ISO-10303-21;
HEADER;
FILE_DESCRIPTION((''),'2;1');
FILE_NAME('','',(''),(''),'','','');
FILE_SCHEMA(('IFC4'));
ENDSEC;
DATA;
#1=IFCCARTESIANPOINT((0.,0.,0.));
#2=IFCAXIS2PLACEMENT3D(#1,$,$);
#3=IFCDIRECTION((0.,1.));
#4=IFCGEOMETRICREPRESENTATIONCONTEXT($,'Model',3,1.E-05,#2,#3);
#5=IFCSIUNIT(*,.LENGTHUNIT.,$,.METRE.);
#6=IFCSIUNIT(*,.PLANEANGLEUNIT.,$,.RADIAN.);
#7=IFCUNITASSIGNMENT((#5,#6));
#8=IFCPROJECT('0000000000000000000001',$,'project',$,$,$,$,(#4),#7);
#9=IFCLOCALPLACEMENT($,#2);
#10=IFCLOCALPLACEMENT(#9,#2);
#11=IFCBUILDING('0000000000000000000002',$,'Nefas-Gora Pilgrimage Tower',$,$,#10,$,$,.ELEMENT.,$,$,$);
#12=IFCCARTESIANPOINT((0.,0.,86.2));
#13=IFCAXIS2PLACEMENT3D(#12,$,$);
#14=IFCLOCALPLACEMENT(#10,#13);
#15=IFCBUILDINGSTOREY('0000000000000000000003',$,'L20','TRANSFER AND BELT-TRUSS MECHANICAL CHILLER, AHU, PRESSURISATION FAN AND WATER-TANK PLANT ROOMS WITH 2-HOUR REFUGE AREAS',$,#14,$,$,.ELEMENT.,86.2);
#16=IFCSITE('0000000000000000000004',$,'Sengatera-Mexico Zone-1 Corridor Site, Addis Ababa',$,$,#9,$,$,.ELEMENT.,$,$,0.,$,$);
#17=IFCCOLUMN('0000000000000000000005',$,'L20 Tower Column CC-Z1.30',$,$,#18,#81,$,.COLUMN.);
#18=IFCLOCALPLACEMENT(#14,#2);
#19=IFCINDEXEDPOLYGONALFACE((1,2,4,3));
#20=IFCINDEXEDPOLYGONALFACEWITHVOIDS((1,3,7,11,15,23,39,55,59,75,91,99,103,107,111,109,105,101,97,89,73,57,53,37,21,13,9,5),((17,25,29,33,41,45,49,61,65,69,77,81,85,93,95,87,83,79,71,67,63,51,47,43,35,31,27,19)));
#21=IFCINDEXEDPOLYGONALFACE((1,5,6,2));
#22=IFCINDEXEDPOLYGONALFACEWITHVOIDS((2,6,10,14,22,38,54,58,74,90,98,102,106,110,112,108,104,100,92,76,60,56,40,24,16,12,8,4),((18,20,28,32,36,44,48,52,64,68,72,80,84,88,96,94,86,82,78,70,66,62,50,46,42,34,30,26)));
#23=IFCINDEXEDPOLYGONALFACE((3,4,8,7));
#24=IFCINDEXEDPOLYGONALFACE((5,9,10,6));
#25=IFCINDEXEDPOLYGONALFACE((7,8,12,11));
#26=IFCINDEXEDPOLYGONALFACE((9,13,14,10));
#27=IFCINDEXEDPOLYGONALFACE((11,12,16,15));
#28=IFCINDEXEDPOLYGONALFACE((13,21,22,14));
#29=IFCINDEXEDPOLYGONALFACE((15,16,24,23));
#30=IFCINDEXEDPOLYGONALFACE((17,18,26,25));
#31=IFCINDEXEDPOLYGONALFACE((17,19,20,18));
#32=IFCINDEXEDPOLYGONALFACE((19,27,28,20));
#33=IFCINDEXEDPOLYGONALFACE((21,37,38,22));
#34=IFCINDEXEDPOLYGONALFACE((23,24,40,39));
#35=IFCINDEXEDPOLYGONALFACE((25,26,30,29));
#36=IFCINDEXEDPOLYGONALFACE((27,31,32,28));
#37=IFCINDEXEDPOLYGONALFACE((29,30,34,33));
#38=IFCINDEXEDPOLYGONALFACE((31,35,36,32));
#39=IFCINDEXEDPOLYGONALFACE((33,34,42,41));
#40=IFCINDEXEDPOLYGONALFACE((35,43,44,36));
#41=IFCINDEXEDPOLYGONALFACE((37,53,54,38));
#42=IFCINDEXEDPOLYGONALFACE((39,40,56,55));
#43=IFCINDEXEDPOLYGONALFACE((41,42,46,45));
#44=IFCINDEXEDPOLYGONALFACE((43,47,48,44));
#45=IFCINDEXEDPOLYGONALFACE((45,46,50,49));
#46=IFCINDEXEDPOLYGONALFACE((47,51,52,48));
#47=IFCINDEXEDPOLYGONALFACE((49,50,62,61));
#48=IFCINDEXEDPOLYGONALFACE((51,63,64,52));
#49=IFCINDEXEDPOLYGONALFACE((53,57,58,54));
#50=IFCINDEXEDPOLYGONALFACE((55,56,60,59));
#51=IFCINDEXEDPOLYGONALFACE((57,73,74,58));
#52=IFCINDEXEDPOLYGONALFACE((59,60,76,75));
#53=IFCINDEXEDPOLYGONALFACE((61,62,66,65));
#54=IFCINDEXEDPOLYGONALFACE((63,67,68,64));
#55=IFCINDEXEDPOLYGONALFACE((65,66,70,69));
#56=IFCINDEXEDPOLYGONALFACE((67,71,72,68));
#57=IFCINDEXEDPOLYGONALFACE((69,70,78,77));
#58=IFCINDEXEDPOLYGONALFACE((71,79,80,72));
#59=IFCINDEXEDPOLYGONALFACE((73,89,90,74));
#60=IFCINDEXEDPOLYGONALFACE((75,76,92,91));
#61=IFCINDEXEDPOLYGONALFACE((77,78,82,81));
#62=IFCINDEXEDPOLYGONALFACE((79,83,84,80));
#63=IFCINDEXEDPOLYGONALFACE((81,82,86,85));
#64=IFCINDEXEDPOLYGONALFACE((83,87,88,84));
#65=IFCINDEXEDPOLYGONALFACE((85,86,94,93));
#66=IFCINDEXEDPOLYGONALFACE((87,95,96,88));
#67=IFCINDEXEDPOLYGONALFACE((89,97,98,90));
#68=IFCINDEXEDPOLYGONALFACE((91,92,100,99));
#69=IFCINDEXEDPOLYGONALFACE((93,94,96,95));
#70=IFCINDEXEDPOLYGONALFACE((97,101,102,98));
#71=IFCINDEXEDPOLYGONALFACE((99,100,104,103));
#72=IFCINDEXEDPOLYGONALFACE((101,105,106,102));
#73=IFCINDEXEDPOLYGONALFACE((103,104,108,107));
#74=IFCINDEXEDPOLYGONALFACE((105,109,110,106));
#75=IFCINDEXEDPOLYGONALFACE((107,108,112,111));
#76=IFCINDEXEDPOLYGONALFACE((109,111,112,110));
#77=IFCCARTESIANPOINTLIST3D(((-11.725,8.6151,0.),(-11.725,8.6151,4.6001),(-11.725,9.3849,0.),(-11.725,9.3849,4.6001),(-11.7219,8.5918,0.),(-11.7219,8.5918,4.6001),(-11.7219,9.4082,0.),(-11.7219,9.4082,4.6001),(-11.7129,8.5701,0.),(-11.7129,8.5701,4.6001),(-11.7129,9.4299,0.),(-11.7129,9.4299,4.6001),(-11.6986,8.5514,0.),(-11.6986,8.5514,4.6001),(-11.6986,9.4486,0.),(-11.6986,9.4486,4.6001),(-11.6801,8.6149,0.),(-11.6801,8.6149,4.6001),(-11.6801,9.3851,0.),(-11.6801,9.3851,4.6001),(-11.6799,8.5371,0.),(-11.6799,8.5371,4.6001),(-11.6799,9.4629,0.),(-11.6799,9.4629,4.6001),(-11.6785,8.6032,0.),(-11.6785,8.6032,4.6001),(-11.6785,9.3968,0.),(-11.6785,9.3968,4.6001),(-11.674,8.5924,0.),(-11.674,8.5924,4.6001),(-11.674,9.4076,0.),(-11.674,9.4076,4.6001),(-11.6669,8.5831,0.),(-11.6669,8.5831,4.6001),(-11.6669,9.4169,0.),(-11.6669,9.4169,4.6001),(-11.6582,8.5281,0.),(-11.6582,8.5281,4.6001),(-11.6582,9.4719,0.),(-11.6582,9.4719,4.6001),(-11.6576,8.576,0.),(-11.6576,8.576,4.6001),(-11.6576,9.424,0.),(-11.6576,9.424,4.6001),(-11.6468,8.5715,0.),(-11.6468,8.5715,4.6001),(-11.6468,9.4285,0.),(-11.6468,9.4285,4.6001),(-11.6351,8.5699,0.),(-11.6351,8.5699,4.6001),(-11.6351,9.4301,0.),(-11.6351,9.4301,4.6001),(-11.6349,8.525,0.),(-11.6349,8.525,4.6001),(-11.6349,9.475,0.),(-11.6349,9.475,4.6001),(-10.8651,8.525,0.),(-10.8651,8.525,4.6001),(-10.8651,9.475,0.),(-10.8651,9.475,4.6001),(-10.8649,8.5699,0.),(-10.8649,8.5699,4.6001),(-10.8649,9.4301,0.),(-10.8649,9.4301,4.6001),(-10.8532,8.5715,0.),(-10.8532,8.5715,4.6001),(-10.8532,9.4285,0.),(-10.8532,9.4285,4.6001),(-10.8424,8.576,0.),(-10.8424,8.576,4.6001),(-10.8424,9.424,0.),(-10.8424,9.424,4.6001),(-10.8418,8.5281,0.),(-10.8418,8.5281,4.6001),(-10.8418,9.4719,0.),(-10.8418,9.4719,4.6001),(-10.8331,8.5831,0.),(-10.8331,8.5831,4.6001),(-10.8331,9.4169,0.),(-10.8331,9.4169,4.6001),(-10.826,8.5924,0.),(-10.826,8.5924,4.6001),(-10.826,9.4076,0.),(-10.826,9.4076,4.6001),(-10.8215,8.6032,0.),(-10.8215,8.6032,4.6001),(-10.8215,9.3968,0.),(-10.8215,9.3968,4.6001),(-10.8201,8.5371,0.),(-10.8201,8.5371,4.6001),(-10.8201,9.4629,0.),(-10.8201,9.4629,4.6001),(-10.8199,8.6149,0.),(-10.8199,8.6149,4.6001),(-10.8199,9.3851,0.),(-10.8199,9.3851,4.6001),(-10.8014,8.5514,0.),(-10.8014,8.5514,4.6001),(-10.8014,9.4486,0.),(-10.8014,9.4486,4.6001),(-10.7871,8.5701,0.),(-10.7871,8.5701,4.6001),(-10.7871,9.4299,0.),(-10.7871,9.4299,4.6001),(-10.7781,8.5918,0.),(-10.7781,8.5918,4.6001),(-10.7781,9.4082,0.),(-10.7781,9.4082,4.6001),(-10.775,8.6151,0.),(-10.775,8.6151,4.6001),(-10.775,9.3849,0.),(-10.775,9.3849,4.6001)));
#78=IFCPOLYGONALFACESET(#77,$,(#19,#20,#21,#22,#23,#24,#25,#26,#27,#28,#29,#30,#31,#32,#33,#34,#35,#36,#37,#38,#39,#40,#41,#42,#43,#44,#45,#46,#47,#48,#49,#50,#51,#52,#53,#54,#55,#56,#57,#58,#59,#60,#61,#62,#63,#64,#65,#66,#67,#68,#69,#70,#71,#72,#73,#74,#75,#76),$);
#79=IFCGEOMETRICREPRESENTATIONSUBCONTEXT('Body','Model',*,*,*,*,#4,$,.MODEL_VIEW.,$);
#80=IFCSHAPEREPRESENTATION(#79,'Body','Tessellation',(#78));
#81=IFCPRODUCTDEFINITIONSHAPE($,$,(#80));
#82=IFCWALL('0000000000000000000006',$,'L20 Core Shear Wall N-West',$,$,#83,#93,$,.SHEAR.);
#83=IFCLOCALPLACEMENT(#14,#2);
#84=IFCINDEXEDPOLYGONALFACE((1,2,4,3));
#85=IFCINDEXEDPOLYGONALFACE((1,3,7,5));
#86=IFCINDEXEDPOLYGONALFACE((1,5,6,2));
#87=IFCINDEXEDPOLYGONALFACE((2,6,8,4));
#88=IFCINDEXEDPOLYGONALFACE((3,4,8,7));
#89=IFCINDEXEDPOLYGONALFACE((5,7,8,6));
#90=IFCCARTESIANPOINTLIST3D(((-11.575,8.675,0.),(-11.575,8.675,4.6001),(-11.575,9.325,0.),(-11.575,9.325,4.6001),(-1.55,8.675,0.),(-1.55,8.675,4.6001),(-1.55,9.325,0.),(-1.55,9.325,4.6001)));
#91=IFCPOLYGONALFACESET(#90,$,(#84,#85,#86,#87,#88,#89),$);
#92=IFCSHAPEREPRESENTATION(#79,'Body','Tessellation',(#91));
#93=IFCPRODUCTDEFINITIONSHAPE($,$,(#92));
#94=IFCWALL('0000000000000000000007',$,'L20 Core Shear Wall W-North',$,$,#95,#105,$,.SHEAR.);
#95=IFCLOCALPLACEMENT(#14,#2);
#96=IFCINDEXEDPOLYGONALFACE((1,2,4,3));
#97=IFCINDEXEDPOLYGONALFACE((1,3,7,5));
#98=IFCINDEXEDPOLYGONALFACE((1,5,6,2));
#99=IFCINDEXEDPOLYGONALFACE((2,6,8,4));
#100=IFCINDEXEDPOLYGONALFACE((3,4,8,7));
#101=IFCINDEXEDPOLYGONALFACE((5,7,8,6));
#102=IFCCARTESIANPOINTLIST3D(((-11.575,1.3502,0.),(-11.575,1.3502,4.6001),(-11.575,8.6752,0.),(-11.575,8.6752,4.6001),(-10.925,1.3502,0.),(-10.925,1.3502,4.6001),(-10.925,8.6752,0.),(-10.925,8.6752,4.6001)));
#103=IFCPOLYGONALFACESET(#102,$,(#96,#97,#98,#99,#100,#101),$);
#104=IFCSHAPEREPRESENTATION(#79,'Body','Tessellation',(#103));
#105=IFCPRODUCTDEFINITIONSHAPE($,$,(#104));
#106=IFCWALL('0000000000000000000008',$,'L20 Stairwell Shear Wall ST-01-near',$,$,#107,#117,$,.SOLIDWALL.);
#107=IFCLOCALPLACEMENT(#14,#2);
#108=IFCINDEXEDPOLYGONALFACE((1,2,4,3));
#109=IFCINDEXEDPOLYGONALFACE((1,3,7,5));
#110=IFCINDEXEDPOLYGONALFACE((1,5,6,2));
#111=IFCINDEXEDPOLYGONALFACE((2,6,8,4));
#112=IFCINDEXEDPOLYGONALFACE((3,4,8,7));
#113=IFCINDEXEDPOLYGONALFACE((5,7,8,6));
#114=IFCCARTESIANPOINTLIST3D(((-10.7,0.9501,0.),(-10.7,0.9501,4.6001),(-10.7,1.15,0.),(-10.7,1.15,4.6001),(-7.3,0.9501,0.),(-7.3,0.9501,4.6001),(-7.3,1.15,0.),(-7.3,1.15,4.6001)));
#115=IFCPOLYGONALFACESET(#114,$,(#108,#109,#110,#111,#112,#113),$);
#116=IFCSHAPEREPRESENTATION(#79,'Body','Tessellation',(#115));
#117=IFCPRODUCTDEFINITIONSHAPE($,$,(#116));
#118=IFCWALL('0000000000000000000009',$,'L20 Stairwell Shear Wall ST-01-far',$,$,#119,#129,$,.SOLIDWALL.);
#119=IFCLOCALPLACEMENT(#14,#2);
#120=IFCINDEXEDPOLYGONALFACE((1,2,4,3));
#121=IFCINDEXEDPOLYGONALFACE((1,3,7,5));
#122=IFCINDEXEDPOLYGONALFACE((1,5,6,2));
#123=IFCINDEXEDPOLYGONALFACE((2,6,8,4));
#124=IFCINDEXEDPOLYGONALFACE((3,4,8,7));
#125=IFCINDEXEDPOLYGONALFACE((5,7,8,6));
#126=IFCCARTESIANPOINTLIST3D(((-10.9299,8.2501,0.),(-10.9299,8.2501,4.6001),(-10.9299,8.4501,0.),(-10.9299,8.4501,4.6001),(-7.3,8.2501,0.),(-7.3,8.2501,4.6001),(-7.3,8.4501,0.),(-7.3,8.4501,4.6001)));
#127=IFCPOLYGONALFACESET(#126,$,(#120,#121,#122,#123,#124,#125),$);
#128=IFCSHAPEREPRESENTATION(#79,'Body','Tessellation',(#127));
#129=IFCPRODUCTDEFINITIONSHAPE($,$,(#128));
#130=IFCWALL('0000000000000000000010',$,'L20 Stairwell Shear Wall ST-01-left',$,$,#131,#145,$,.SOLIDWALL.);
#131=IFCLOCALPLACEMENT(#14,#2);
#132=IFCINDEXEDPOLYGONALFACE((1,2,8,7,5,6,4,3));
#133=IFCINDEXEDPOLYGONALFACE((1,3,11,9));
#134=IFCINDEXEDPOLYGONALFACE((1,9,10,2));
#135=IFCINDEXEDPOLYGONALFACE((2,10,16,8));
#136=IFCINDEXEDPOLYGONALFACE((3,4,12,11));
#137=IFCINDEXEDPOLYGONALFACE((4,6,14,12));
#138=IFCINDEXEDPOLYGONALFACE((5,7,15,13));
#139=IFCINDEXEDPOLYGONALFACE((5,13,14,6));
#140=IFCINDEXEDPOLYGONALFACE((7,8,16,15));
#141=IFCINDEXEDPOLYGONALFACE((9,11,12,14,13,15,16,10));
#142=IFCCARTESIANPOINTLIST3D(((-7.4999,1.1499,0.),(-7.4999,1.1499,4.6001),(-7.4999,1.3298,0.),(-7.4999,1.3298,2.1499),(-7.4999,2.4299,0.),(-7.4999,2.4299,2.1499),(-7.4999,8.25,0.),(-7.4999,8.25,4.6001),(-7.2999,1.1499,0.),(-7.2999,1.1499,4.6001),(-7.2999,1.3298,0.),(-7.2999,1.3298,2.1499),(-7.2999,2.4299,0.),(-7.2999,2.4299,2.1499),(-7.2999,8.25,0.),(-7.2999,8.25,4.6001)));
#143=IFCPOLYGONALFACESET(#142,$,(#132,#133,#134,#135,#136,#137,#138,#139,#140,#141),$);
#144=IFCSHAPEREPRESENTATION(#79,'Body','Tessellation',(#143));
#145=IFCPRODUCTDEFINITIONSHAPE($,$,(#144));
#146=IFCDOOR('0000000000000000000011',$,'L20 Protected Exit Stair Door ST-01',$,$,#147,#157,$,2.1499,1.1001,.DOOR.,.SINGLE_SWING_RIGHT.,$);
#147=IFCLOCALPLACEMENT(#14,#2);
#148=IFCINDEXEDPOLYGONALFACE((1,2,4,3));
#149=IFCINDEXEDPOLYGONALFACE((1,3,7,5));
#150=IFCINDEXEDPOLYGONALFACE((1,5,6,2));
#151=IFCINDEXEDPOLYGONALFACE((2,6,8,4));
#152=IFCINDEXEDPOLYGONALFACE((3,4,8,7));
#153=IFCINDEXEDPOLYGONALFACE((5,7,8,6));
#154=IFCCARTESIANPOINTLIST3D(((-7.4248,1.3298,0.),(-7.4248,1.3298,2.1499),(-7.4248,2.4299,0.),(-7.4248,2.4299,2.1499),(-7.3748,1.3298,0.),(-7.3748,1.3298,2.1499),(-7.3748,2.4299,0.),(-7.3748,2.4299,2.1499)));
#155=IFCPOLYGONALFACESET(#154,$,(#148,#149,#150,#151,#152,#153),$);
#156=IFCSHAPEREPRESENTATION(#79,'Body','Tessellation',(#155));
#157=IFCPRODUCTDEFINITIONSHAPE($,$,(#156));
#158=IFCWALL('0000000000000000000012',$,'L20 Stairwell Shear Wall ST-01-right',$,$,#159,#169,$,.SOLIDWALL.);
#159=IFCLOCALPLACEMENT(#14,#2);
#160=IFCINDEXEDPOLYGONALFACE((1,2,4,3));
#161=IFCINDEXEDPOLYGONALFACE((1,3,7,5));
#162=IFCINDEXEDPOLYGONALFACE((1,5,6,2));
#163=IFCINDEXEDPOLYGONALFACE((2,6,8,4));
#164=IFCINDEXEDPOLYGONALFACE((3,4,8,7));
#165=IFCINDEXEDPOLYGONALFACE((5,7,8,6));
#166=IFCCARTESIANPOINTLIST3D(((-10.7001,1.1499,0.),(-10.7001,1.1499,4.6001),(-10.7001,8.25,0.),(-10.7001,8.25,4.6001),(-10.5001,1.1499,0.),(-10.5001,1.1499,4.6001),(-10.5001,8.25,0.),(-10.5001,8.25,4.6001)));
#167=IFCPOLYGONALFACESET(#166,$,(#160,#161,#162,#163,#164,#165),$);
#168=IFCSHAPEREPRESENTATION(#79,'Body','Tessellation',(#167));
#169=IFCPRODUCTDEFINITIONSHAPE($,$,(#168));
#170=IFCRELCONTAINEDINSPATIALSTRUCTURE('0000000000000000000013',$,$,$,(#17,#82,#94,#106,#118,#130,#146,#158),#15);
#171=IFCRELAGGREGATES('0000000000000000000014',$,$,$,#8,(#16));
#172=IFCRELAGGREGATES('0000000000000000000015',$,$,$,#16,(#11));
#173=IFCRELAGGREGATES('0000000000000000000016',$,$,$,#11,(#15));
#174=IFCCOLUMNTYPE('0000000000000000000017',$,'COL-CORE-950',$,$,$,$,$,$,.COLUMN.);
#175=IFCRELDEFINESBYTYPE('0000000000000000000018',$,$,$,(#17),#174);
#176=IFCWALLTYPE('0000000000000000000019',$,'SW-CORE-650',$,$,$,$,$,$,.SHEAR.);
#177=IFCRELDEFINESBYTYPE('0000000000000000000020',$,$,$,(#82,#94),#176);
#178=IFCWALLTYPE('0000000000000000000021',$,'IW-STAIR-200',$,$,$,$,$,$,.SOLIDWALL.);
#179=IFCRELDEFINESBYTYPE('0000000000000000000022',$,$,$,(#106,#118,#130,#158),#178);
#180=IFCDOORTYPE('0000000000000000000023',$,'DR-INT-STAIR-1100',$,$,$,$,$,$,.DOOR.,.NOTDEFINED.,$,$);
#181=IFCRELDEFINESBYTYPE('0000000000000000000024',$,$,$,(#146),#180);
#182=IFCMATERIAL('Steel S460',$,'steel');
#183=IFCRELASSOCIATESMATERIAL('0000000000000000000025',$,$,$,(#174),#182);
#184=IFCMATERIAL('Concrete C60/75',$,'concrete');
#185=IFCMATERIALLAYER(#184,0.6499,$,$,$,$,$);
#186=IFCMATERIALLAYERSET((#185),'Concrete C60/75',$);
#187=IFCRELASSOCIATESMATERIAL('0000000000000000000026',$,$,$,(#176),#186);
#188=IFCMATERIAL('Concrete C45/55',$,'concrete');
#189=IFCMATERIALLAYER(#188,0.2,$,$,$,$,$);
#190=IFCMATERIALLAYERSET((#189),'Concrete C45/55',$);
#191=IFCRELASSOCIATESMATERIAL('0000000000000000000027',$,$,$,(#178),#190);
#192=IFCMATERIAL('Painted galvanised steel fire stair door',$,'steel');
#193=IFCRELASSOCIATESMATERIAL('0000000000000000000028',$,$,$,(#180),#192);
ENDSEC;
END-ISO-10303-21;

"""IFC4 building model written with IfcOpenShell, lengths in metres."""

from ifc_helpers import new_model, si_unit, direction, frame, frame_2d, origin, origin_2d, place, context, subcontext, project, spatial, rectangle, hollow_rectangle, extrude, source, transform, mapped, material, layer, layer_set, material_profile, profile_set, type_object, element, fill, save


model = new_model("IFC4")

# Units and contexts
model_context = context("Model", 3, precision=1e-05, world=origin(), true_north=direction((0.0, 1.0)))
body_context = subcontext(model_context, "Body", "Model", "MODEL_VIEW")
ifc_project = project(units=[si_unit("LENGTHUNIT", "METRE"), si_unit("PLANEANGLEUNIT", "RADIAN")], contexts=[model_context])

# Site, building, storey
site_placement = place(None, origin())
site = spatial("IfcSite", under=ifc_project, at=site_placement, Name="Sengatera-Mexico Zone-1 Corridor Site, Addis Ababa", CompositionType="ELEMENT", RefElevation=0.0)
building_placement = place(site_placement, origin())
building = spatial("IfcBuilding", under=site, at=building_placement, Name="Nefas-Gora Pilgrimage Tower", CompositionType="ELEMENT")
storey_placement = place(building_placement, frame((0.0, 0.0, 86.2)))
storey = spatial("IfcBuildingStorey", under=building, at=storey_placement, Name="L20", Description="TRANSFER AND BELT-TRUSS MECHANICAL CHILLER, AHU, PRESSURISATION FAN AND WATER-TANK PLANT ROOMS WITH 2-HOUR REFUGE AREAS", CompositionType="ELEMENT", Elevation=86.2)

# Column
ifc_material_1 = material(Name="Steel S460", Category="steel")
ifc_material_profile = material_profile(ifc_material_1, hollow_rectangle(XDim=0.95, YDim=0.95, WallThickness=0.0449, InnerFilletRadius=0.0449, OuterFilletRadius=0.0901, at=origin_2d()), Name="BOX 950x950x45")
ifc_profile_set = profile_set([ifc_material_profile], Name="Steel S460")
column_type = type_object("IfcColumnType", Name="COL-CORE-950", PredefinedType="COLUMN", material=ifc_profile_set)
shared_shape_1 = source(origin(), body_context, "Body", "SweptSolid", [
    extrude(hollow_rectangle(XDim=0.95, YDim=0.95, WallThickness=0.0449, InnerFilletRadius=0.0449, OuterFilletRadius=0.0901, at=origin_2d()), origin(), (0.0, 0.0, 1.0), 4.6001),
])
column_placement = place(storey_placement, frame((-11.25, 9.0, 0.0), z_axis=(0.0, 0.0, 1.0), x_axis=(1.0, 0.0, 0.0)))
element("IfcColumn", 1, at=column_placement, inside=storey, type_object=column_type, Name="L20 Tower Column CC-Z1.30", PredefinedType="COLUMN", context=body_context, shape_type="MappedRepresentation", body=[
    mapped(shared_shape_1, transform((0.0, 0.0, 0.0), x_axis=(1.0, 0.0, 0.0), y_axis=(0.0, 1.0, 0.0), z_axis=(0.0, 0.0, 1.0), scale=1.0)),
])

# Walls
ifc_material_2 = material(Name="Concrete C60/75", Category="concrete")
ifc_layer_1 = layer(ifc_material_2, 0.6499)
ifc_layer_set_1 = layer_set([ifc_layer_1], Name="Concrete C60/75")
wall_type_1 = type_object("IfcWallType", Name="SW-CORE-650", PredefinedType="SHEAR", material=ifc_layer_set_1)
shared_shape_2 = source(origin(), body_context, "Body", "SweptSolid", [
    extrude(rectangle(XDim=10.0249, YDim=0.6499, at=frame_2d((5.0125, 0.0))), origin(), (0.0, 0.0, 1.0), 4.6001),
])
wall_1_placement = place(storey_placement, frame((-11.575, 9.0, 0.0), z_axis=(0.0, 0.0, 1.0), x_axis=(1.0, 0.0, 0.0)))
element("IfcWall", 2, at=wall_1_placement, inside=storey, type_object=wall_type_1, Name="L20 Core Shear Wall N-West", PredefinedType="SHEAR", context=body_context, shape_type="MappedRepresentation", body=[
    mapped(shared_shape_2, transform((0.0, 0.0, 0.0), x_axis=(1.0, 0.0, 0.0), y_axis=(0.0, 1.0, 0.0), z_axis=(0.0, 0.0, 1.0), scale=1.0)),
])
shared_shape_3 = source(origin(), body_context, "Body", "SweptSolid", [
    extrude(rectangle(XDim=7.325, YDim=0.6499, at=frame_2d((3.6626, 0.0))), origin(), (0.0, 0.0, 1.0), 4.6001),
])
wall_2_placement = place(storey_placement, frame((-11.25, 1.3501, 0.0), z_axis=(0.0, 0.0, 1.0), x_axis=(0.0, 1.0, 0.0)))
element("IfcWall", 3, at=wall_2_placement, inside=storey, type_object=wall_type_1, Name="L20 Core Shear Wall W-North", PredefinedType="SHEAR", context=body_context, shape_type="MappedRepresentation", body=[
    mapped(shared_shape_3, transform((0.0, 0.0, 0.0), x_axis=(1.0, 0.0, 0.0), y_axis=(0.0, 1.0, 0.0), z_axis=(0.0, 0.0, 1.0), scale=1.0)),
])
ifc_material_3 = material(Name="Concrete C45/55", Category="concrete")
ifc_layer_2 = layer(ifc_material_3, 0.2)
ifc_layer_set_2 = layer_set([ifc_layer_2], Name="Concrete C45/55")
wall_type_2 = type_object("IfcWallType", Name="IW-STAIR-200", PredefinedType="SOLIDWALL", material=ifc_layer_set_2)
shared_shape_4 = source(origin(), body_context, "Body", "SweptSolid", [
    extrude(rectangle(XDim=3.3999, YDim=0.2, at=frame_2d((1.7, 0.0))), origin(), (0.0, 0.0, 1.0), 4.6001),
])
wall_3_placement = place(storey_placement, frame((-7.3, 1.05, 0.0), z_axis=(0.0, 0.0, 1.0), x_axis=(-1.0, 0.0, 0.0)))
element("IfcWall", 4, at=wall_3_placement, inside=storey, type_object=wall_type_2, Name="L20 Stairwell Shear Wall ST-01-near", PredefinedType="SOLIDWALL", context=body_context, shape_type="MappedRepresentation", body=[
    mapped(shared_shape_4, transform((0.0, 0.0, 0.0), x_axis=(1.0, 0.0, 0.0), y_axis=(0.0, 1.0, 0.0), z_axis=(0.0, 0.0, 1.0), scale=1.0)),
])
shared_shape_5 = source(origin(), body_context, "Body", "SweptSolid", [
    extrude(rectangle(XDim=3.6299, YDim=0.2, at=frame_2d((1.8149, 0.0))), origin(), (0.0, 0.0, 1.0), 4.6001),
])
wall_4_placement = place(storey_placement, frame((-7.3, 8.3501, 0.0), z_axis=(0.0, 0.0, 1.0), x_axis=(-1.0, 0.0, 0.0)))
element("IfcWall", 5, at=wall_4_placement, inside=storey, type_object=wall_type_2, Name="L20 Stairwell Shear Wall ST-01-far", PredefinedType="SOLIDWALL", context=body_context, shape_type="MappedRepresentation", body=[
    mapped(shared_shape_5, transform((0.0, 0.0, 0.0), x_axis=(1.0, 0.0, 0.0), y_axis=(0.0, 1.0, 0.0), z_axis=(0.0, 0.0, 1.0), scale=1.0)),
])

# Wall, opening, door
shared_shape_6 = source(origin(), body_context, "Body", "SweptSolid", [
    extrude(rectangle(XDim=7.1001, YDim=0.2, at=frame_2d((3.55, 0.0))), origin(), (0.0, 0.0, 1.0), 4.6001),
])
wall_5_placement = place(storey_placement, frame((-7.3999, 1.1499, 0.0), z_axis=(0.0, 0.0, 1.0), x_axis=(0.0, 1.0, 0.0)))
wall_5 = element("IfcWall", 6, at=wall_5_placement, inside=storey, type_object=wall_type_2, Name="L20 Stairwell Shear Wall ST-01-left", PredefinedType="SOLIDWALL", context=body_context, shape_type="MappedRepresentation", body=[
    mapped(shared_shape_6, transform((0.0, 0.0, 0.0), x_axis=(1.0, 0.0, 0.0), y_axis=(0.0, 1.0, 0.0), z_axis=(0.0, 0.0, 1.0), scale=1.0)),
])
opening_1_placement = place(wall_5_placement, frame((0.1799, 0.0, 0.0)))
opening_1 = element("IfcOpeningElement", 7, at=opening_1_placement, cuts=wall_5, PredefinedType="OPENING", context=body_context, shape_type="SweptSolid", body=[
    extrude(rectangle(XDim=1.1001, YDim=2.1499, at=frame_2d((0.55, 1.075))), frame((0.0, 0.1099, 0.0), z_axis=(0.0, -1.0, 0.0), x_axis=(1.0, 0.0, 0.0)), (0.0, 0.0, 1.0), 0.22),
])
ifc_material_4 = material(Name="Painted galvanised steel fire stair door", Category="steel")
door_type_1 = type_object("IfcDoorType", Name="DR-INT-STAIR-1100", OperationType="NOTDEFINED", PredefinedType="DOOR", material=ifc_material_4)
shared_shape_7 = source(origin(), body_context, "Body", "SweptSolid", [
    extrude(rectangle(XDim=1.1001, YDim=2.1499, at=frame_2d((0.55, 1.075))), frame((0.0, 0.0249, 0.0), z_axis=(0.0, -1.0, 0.0), x_axis=(1.0, 0.0, 0.0)), (0.0, 0.0, 1.0), 0.05),
])
door_1_placement = place(opening_1_placement, origin())
door_1 = element("IfcDoor", 8, at=door_1_placement, inside=storey, type_object=door_type_1, Name="L20 Protected Exit Stair Door ST-01", OperationType="SINGLE_SWING_RIGHT", OverallHeight=2.1499, OverallWidth=1.1001, PredefinedType="DOOR", context=body_context, shape_type="MappedRepresentation", body=[
    mapped(shared_shape_7, transform((0.0, 0.0, 0.0), x_axis=(1.0, 0.0, 0.0), y_axis=(0.0, 1.0, 0.0), z_axis=(0.0, 0.0, 1.0), scale=1.0)),
])
fill(opening_1, door_1)

# Wall
wall_6_placement = place(storey_placement, frame((-10.6001, 1.1499, 0.0), z_axis=(0.0, 0.0, 1.0), x_axis=(0.0, 1.0, 0.0)))
element("IfcWall", 9, at=wall_6_placement, inside=storey, type_object=wall_type_2, Name="L20 Stairwell Shear Wall ST-01-right", PredefinedType="SOLIDWALL", context=body_context, shape_type="MappedRepresentation", body=[
    mapped(shared_shape_6, transform((0.0, 0.0, 0.0), x_axis=(1.0, 0.0, 0.0), y_axis=(0.0, 1.0, 0.0), z_axis=(0.0, 0.0, 1.0), scale=1.0)),
])

save(model, "model.ifc")
